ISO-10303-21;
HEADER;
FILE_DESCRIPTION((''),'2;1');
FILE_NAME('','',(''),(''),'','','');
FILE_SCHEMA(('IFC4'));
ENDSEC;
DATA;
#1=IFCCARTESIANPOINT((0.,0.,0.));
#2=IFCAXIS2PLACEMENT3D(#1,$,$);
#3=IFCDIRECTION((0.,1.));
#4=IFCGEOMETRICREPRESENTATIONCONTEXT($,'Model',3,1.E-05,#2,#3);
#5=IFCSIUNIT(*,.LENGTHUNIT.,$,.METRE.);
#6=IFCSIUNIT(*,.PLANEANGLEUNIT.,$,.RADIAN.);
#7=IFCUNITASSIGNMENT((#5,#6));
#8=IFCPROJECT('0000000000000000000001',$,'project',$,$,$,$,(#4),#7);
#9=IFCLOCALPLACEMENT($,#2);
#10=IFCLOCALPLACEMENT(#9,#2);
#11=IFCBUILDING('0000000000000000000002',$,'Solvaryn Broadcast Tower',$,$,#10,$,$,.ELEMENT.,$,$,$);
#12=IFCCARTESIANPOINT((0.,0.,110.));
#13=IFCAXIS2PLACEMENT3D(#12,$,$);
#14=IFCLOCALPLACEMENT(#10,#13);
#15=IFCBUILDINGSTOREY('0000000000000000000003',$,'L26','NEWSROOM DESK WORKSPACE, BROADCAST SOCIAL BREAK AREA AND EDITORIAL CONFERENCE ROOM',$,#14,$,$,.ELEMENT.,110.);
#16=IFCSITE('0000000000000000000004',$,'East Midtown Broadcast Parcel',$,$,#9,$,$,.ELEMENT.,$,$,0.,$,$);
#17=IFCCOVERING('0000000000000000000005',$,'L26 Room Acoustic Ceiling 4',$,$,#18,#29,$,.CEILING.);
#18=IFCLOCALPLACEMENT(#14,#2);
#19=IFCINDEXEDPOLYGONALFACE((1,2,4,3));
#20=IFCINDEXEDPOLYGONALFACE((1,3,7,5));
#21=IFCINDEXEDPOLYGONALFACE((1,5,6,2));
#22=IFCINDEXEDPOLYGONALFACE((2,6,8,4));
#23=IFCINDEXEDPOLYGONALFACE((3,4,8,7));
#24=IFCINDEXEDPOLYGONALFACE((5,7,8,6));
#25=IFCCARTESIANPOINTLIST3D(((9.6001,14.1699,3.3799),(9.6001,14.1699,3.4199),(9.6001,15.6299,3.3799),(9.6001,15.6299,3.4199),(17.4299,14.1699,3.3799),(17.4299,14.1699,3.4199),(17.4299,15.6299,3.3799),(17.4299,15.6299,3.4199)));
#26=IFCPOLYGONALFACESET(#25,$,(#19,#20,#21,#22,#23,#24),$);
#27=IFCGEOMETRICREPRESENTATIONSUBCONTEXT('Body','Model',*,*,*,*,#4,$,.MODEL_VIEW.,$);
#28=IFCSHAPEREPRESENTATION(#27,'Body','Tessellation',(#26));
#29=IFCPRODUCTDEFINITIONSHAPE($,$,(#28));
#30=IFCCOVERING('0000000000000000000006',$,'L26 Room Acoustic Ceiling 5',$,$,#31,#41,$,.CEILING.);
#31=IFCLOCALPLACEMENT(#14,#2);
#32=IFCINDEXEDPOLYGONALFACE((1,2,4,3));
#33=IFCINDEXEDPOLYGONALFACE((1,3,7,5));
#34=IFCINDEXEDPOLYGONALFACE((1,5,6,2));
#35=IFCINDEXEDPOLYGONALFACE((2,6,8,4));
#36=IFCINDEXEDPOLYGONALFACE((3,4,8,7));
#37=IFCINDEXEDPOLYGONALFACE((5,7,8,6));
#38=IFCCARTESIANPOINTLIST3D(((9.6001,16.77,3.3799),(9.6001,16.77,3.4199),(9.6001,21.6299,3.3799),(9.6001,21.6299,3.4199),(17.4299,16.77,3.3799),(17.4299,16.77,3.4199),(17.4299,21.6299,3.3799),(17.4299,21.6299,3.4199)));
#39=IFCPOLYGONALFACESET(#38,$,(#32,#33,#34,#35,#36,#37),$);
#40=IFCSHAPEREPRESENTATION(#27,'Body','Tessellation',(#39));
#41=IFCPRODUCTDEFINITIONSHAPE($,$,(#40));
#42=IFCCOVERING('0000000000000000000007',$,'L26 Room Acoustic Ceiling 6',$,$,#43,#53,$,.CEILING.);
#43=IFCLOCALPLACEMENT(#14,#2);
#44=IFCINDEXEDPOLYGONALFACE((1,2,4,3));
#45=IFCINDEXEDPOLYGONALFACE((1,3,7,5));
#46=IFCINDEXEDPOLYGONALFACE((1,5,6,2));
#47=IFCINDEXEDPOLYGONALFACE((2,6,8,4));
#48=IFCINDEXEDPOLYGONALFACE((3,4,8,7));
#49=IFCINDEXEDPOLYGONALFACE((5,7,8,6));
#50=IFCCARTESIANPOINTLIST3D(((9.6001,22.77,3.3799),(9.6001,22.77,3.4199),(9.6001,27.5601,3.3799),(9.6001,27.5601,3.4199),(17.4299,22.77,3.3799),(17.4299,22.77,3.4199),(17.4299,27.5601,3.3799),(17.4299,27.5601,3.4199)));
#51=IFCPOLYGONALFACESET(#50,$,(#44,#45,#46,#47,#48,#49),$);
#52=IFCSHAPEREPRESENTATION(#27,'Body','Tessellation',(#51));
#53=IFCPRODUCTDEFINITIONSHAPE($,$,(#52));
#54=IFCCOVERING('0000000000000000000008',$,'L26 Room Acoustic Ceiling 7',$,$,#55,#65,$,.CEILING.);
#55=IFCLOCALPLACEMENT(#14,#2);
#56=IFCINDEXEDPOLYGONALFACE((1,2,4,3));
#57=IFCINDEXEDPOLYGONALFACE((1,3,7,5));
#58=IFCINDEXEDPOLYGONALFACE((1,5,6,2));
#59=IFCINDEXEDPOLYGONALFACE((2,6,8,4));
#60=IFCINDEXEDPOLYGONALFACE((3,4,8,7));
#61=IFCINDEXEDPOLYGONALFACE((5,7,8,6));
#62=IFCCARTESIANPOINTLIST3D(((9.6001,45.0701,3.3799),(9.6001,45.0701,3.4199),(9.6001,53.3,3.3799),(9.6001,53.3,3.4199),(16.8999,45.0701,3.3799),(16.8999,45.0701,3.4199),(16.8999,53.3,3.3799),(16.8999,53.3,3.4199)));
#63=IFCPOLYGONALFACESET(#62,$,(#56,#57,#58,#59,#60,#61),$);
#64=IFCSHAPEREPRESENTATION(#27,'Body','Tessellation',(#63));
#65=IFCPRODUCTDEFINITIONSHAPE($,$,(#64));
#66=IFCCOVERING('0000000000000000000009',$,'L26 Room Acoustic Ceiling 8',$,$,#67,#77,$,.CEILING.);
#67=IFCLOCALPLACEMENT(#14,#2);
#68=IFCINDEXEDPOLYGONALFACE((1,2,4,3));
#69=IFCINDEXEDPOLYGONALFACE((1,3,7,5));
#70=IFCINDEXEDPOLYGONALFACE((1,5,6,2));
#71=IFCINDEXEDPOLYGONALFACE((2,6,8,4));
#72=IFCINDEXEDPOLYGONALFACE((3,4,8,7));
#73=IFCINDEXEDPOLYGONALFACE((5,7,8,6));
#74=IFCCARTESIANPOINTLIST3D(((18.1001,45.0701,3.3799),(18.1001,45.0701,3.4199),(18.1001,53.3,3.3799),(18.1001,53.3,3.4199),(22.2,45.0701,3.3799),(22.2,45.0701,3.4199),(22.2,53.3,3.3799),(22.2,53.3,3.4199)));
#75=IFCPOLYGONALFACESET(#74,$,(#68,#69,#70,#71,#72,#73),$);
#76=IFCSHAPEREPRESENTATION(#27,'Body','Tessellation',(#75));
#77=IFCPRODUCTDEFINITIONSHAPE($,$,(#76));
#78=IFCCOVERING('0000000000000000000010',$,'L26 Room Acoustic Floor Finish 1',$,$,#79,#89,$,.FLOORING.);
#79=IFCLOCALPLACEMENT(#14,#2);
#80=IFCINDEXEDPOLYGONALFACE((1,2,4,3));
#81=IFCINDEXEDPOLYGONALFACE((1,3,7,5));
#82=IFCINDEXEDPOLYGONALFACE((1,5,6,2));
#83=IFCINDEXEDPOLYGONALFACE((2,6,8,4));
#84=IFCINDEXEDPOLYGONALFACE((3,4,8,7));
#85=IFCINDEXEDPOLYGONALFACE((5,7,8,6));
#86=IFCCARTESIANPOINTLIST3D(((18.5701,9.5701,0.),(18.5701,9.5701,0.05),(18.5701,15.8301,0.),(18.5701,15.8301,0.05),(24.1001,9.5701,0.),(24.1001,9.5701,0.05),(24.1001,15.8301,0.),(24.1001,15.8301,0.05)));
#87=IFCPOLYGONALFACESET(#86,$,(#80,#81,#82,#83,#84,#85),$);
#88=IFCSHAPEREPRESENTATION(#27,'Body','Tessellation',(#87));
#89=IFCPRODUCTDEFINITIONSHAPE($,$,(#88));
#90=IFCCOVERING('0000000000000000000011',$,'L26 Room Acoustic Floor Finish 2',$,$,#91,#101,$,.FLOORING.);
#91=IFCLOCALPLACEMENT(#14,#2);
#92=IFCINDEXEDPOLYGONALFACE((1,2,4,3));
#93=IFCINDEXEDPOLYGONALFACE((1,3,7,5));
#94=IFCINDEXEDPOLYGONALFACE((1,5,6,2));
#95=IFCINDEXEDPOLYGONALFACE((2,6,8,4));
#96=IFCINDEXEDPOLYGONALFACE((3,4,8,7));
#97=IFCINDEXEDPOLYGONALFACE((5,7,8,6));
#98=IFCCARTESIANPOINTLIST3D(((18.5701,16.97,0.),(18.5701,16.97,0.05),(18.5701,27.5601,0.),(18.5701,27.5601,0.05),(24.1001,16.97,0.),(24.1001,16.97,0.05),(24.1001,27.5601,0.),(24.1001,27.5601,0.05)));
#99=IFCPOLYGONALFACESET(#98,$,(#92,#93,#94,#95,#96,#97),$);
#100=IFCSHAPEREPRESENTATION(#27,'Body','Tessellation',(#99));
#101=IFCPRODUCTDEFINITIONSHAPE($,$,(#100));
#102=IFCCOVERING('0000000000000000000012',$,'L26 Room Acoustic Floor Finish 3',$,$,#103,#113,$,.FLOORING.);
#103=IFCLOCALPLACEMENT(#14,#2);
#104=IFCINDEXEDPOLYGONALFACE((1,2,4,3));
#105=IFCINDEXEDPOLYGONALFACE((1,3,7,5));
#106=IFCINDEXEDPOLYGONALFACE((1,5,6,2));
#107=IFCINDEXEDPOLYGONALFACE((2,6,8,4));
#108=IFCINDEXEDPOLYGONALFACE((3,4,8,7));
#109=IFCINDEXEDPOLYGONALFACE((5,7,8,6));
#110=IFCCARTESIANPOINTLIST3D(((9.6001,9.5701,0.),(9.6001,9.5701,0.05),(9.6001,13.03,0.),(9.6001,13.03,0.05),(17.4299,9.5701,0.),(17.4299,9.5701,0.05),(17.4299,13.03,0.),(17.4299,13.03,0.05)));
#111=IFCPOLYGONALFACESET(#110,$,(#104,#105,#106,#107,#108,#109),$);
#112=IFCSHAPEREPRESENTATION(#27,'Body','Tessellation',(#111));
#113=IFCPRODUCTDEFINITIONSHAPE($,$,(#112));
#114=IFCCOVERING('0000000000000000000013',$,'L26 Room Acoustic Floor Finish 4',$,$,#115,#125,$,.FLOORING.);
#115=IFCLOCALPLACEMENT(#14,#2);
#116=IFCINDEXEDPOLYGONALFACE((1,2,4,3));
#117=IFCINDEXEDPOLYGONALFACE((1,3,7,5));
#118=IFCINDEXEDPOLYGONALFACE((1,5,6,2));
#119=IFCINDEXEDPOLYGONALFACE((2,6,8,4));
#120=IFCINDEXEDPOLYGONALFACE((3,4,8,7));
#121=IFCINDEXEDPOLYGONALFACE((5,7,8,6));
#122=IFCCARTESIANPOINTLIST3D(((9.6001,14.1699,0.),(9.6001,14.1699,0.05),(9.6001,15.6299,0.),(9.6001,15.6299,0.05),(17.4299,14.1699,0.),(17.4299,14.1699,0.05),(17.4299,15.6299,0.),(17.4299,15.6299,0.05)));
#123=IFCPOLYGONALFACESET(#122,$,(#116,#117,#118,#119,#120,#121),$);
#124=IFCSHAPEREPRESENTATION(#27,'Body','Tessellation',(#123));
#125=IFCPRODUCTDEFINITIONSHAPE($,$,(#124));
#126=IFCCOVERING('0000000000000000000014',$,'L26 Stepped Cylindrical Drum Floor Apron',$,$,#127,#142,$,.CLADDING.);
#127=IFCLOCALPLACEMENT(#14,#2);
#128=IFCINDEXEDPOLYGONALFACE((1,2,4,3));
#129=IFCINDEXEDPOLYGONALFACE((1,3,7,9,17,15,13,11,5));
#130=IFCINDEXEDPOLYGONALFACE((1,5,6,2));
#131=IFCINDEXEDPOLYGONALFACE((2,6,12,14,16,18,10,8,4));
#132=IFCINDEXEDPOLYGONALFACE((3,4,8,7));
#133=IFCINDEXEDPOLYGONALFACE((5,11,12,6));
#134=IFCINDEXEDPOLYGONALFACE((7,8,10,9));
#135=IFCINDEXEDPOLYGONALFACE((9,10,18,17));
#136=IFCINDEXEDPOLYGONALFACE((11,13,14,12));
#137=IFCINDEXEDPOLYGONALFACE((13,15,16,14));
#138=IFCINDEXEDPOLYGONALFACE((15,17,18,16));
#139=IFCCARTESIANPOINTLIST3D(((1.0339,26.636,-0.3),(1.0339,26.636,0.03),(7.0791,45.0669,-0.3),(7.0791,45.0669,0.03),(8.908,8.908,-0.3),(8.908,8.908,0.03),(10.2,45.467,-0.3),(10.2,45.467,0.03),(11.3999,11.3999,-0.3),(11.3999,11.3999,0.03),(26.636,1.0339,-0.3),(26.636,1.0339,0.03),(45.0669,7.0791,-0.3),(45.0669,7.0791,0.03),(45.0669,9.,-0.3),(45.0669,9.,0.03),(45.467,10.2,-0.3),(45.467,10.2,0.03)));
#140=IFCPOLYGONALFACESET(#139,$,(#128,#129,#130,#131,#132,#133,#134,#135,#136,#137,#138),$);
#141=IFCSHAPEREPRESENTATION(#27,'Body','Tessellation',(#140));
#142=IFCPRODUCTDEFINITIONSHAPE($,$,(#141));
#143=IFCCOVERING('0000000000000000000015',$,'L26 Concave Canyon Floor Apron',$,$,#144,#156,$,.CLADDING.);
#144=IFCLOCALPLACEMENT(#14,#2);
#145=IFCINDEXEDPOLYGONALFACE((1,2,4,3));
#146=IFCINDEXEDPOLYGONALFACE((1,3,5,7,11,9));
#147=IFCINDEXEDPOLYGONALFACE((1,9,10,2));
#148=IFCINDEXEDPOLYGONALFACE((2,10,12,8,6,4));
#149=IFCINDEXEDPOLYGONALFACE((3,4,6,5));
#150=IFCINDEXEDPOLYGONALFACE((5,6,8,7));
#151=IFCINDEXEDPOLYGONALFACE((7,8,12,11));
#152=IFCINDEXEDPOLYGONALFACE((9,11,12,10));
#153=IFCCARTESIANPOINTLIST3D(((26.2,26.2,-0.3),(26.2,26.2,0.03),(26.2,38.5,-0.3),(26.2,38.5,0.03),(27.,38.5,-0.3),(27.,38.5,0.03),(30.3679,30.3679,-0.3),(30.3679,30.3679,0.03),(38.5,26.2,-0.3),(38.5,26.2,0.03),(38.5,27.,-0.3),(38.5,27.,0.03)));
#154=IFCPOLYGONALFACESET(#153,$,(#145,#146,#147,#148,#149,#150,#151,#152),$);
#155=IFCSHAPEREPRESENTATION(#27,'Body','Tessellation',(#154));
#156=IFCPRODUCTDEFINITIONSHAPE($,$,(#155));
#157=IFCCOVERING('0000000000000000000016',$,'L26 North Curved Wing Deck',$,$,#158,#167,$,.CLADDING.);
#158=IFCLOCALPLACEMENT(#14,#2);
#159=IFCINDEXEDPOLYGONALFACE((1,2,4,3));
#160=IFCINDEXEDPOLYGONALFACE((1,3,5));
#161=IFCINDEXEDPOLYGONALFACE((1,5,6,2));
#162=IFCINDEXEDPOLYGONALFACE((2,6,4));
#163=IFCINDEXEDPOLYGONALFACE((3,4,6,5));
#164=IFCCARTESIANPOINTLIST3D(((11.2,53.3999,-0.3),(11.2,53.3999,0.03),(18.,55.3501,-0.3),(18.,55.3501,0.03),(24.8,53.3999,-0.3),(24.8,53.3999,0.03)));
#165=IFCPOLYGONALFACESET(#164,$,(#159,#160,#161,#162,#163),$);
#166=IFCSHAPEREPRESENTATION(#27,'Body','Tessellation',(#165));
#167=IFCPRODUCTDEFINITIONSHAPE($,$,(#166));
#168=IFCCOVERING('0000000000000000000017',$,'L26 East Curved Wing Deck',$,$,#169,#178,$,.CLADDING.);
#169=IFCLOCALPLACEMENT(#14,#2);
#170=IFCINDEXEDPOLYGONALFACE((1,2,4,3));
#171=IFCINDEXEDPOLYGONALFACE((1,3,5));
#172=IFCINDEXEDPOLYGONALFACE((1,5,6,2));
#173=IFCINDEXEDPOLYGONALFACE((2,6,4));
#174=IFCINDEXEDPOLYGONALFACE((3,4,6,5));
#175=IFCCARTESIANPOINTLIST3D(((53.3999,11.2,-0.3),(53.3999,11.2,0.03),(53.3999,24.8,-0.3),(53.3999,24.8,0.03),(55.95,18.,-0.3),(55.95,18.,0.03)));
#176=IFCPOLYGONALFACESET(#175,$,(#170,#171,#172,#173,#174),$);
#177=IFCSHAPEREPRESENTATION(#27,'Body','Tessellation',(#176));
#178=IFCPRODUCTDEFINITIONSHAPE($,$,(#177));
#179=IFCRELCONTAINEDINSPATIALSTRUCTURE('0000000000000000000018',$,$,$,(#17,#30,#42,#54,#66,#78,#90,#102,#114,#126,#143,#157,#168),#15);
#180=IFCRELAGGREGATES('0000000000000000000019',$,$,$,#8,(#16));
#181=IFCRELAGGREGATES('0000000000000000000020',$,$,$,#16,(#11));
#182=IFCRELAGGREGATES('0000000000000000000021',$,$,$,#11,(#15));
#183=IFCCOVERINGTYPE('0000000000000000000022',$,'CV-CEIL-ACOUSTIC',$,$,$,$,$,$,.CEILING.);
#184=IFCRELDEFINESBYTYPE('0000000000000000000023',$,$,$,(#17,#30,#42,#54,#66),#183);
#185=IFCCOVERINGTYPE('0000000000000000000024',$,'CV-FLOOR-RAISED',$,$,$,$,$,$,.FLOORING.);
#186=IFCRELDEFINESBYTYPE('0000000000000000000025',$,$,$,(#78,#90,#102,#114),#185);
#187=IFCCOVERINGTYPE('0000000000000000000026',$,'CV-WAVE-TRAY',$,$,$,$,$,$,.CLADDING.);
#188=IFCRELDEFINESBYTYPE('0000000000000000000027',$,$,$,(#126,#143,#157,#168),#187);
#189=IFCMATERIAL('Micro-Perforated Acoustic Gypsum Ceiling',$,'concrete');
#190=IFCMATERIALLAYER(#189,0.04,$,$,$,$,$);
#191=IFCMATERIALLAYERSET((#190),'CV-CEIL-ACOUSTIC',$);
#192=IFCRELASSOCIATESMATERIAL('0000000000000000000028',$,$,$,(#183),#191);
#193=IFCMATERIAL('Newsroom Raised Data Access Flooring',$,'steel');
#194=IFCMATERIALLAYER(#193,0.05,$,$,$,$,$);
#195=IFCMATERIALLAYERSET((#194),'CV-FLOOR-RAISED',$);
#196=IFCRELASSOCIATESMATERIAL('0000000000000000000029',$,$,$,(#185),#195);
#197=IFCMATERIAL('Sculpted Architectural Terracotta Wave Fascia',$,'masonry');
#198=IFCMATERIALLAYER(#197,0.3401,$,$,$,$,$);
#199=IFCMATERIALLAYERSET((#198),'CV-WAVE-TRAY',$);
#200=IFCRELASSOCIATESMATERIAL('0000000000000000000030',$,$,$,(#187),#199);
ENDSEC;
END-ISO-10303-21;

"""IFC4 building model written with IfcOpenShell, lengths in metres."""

from ifc_helpers import new_model, si_unit, direction, frame, origin, place, context, subcontext, project, spatial, polyline, outline, extrude, material, layer, layer_set, type_object, element, save


model = new_model("IFC4")

# Units and contexts
model_context = context("Model", 3, precision=1e-05, world=origin(), true_north=direction((0.0, 1.0)))
body_context = subcontext(model_context, "Body", "Model", "MODEL_VIEW")
ifc_project = project(units=[si_unit("LENGTHUNIT", "METRE"), si_unit("PLANEANGLEUNIT", "RADIAN")], contexts=[model_context])

# Site, building, storey
site_placement = place(None, origin())
site = spatial("IfcSite", under=ifc_project, at=site_placement, Name="East Midtown Broadcast Parcel", CompositionType="ELEMENT", RefElevation=0.0)
building_placement = place(site_placement, origin())
building = spatial("IfcBuilding", under=site, at=building_placement, Name="Solvaryn Broadcast Tower", CompositionType="ELEMENT")
storey_placement = place(building_placement, frame((0.0, 0.0, 110.0)))
storey = spatial("IfcBuildingStorey", under=building, at=storey_placement, Name="L26", Description="NEWSROOM DESK WORKSPACE, BROADCAST SOCIAL BREAK AREA AND EDITORIAL CONFERENCE ROOM", CompositionType="ELEMENT", Elevation=110.0)

# Coverings
ifc_material_1 = material(Name="Micro-Perforated Acoustic Gypsum Ceiling", Category="concrete")
ifc_layer_1 = layer(ifc_material_1, 0.04)
ifc_layer_set_1 = layer_set([ifc_layer_1], Name="CV-CEIL-ACOUSTIC")
covering_type_1 = type_object("IfcCoveringType", Name="CV-CEIL-ACOUSTIC", PredefinedType="CEILING", material=ifc_layer_set_1)
covering_1_placement = place(storey_placement, frame((0.0, 0.0, 3.3799)))
element("IfcCovering", 1, at=covering_1_placement, inside=storey, type_object=covering_type_1, Name="L26 Room Acoustic Ceiling 4", PredefinedType="CEILING", context=body_context, shape_type="SweptSolid", body=[
    extrude(outline(polyline([(9.6001, 14.1699), (17.4299, 14.1699), (17.4299, 15.6299), (9.6001, 15.6299), (9.6001, 14.1699)])), origin(), (0.0, 0.0, 1.0), 0.04),
])
covering_2_placement = place(storey_placement, frame((0.0, 0.0, 3.3799)))
element("IfcCovering", 2, at=covering_2_placement, inside=storey, type_object=covering_type_1, Name="L26 Room Acoustic Ceiling 5", PredefinedType="CEILING", context=body_context, shape_type="SweptSolid", body=[
    extrude(outline(polyline([(9.6001, 16.77), (17.4299, 16.77), (17.4299, 21.6299), (9.6001, 21.6299), (9.6001, 16.77)])), origin(), (0.0, 0.0, 1.0), 0.04),
])
covering_3_placement = place(storey_placement, frame((0.0, 0.0, 3.3799)))
element("IfcCovering", 3, at=covering_3_placement, inside=storey, type_object=covering_type_1, Name="L26 Room Acoustic Ceiling 6", PredefinedType="CEILING", context=body_context, shape_type="SweptSolid", body=[
    extrude(outline(polyline([(9.6001, 22.77), (17.4299, 22.77), (17.4299, 27.5601), (9.6001, 27.5601), (9.6001, 22.77)])), origin(), (0.0, 0.0, 1.0), 0.04),
])
covering_4_placement = place(storey_placement, frame((0.0, 0.0, 3.3799)))
element("IfcCovering", 4, at=covering_4_placement, inside=storey, type_object=covering_type_1, Name="L26 Room Acoustic Ceiling 7", PredefinedType="CEILING", context=body_context, shape_type="SweptSolid", body=[
    extrude(outline(polyline([(9.6001, 45.0701), (16.8999, 45.0701), (16.8999, 53.3), (9.6001, 53.3), (9.6001, 45.0701)])), origin(), (0.0, 0.0, 1.0), 0.04),
])
covering_5_placement = place(storey_placement, frame((0.0, 0.0, 3.3799)))
element("IfcCovering", 5, at=covering_5_placement, inside=storey, type_object=covering_type_1, Name="L26 Room Acoustic Ceiling 8", PredefinedType="CEILING", context=body_context, shape_type="SweptSolid", body=[
    extrude(outline(polyline([(18.1001, 45.0701), (22.2, 45.0701), (22.2, 53.3), (18.1001, 53.3), (18.1001, 45.0701)])), origin(), (0.0, 0.0, 1.0), 0.04),
])
ifc_material_2 = material(Name="Newsroom Raised Data Access Flooring", Category="steel")
ifc_layer_2 = layer(ifc_material_2, 0.05)
ifc_layer_set_2 = layer_set([ifc_layer_2], Name="CV-FLOOR-RAISED")
covering_type_2 = type_object("IfcCoveringType", Name="CV-FLOOR-RAISED", PredefinedType="FLOORING", material=ifc_layer_set_2)
covering_6_placement = place(storey_placement, origin())
element("IfcCovering", 6, at=covering_6_placement, inside=storey, type_object=covering_type_2, Name="L26 Room Acoustic Floor Finish 1", PredefinedType="FLOORING", context=body_context, shape_type="SweptSolid", body=[
    extrude(outline(polyline([(18.5701, 9.5701), (24.1001, 9.5701), (24.1001, 15.8301), (18.5701, 15.8301), (18.5701, 9.5701)])), origin(), (0.0, 0.0, 1.0), 0.05),
])
covering_7_placement = place(storey_placement, origin())
element("IfcCovering", 7, at=covering_7_placement, inside=storey, type_object=covering_type_2, Name="L26 Room Acoustic Floor Finish 2", PredefinedType="FLOORING", context=body_context, shape_type="SweptSolid", body=[
    extrude(outline(polyline([(18.5701, 16.97), (24.1001, 16.97), (24.1001, 27.5601), (18.5701, 27.5601), (18.5701, 16.97)])), origin(), (0.0, 0.0, 1.0), 0.05),
])
covering_8_placement = place(storey_placement, origin())
element("IfcCovering", 8, at=covering_8_placement, inside=storey, type_object=covering_type_2, Name="L26 Room Acoustic Floor Finish 3", PredefinedType="FLOORING", context=body_context, shape_type="SweptSolid", body=[
    extrude(outline(polyline([(9.6001, 9.5701), (17.4299, 9.5701), (17.4299, 13.03), (9.6001, 13.03), (9.6001, 9.5701)])), origin(), (0.0, 0.0, 1.0), 0.05),
])
covering_9_placement = place(storey_placement, origin())
element("IfcCovering", 9, at=covering_9_placement, inside=storey, type_object=covering_type_2, Name="L26 Room Acoustic Floor Finish 4", PredefinedType="FLOORING", context=body_context, shape_type="SweptSolid", body=[
    extrude(outline(polyline([(9.6001, 14.1699), (17.4299, 14.1699), (17.4299, 15.6299), (9.6001, 15.6299), (9.6001, 14.1699)])), origin(), (0.0, 0.0, 1.0), 0.05),
])
ifc_material_3 = material(Name="Sculpted Architectural Terracotta Wave Fascia", Category="masonry")
ifc_layer_3 = layer(ifc_material_3, 0.3401)
ifc_layer_set_3 = layer_set([ifc_layer_3], Name="CV-WAVE-TRAY")
covering_type_3 = type_object("IfcCoveringType", Name="CV-WAVE-TRAY", PredefinedType="CLADDING", material=ifc_layer_set_3)
covering_10_placement = place(storey_placement, frame((0.0, 0.0, -0.3)))
element("IfcCovering", 10, at=covering_10_placement, inside=storey, type_object=covering_type_3, Name="L26 Stepped Cylindrical Drum Floor Apron", PredefinedType="CLADDING", context=body_context, shape_type="SweptSolid", body=[
    extrude(outline(polyline([(10.2, 45.467), (7.0791, 45.0669), (1.0339, 26.636), (8.908, 8.908), (26.636, 1.0339), (45.0669, 7.0791), (45.0669, 9.0), (45.467, 10.2), (11.3999, 11.3999), (10.2, 45.467)])), origin(), (0.0, 0.0, 1.0), 0.3301),
])
covering_11_placement = place(storey_placement, frame((0.0, 0.0, -0.3)))
element("IfcCovering", 11, at=covering_11_placement, inside=storey, type_object=covering_type_3, Name="L26 Concave Canyon Floor Apron", PredefinedType="CLADDING", context=body_context, shape_type="SweptSolid", body=[
    extrude(outline(polyline([(26.2, 26.2), (38.5, 26.2), (38.5, 27.0), (30.3679, 30.3679), (27.0, 38.5), (26.2, 38.5), (26.2, 26.2)])), origin(), (0.0, 0.0, 1.0), 0.3301),
])
covering_12_placement = place(storey_placement, frame((0.0, 0.0, -0.3)))
element("IfcCovering", 12, at=covering_12_placement, inside=storey, type_object=covering_type_3, Name="L26 North Curved Wing Deck", PredefinedType="CLADDING", context=body_context, shape_type="SweptSolid", body=[
    extrude(outline(polyline([(11.2, 53.3999), (24.8, 53.3999), (18.0, 55.3501), (11.2, 53.3999)])), origin(), (0.0, 0.0, 1.0), 0.3301),
])
covering_13_placement = place(storey_placement, frame((0.0, 0.0, -0.3)))
element("IfcCovering", 13, at=covering_13_placement, inside=storey, type_object=covering_type_3, Name="L26 East Curved Wing Deck", PredefinedType="CLADDING", context=body_context, shape_type="SweptSolid", body=[
    extrude(outline(polyline([(53.3999, 11.2), (55.95, 18.0), (53.3999, 24.8), (53.3999, 11.2)])), origin(), (0.0, 0.0, 1.0), 0.3301),
])

save(model, "model.ifc")
